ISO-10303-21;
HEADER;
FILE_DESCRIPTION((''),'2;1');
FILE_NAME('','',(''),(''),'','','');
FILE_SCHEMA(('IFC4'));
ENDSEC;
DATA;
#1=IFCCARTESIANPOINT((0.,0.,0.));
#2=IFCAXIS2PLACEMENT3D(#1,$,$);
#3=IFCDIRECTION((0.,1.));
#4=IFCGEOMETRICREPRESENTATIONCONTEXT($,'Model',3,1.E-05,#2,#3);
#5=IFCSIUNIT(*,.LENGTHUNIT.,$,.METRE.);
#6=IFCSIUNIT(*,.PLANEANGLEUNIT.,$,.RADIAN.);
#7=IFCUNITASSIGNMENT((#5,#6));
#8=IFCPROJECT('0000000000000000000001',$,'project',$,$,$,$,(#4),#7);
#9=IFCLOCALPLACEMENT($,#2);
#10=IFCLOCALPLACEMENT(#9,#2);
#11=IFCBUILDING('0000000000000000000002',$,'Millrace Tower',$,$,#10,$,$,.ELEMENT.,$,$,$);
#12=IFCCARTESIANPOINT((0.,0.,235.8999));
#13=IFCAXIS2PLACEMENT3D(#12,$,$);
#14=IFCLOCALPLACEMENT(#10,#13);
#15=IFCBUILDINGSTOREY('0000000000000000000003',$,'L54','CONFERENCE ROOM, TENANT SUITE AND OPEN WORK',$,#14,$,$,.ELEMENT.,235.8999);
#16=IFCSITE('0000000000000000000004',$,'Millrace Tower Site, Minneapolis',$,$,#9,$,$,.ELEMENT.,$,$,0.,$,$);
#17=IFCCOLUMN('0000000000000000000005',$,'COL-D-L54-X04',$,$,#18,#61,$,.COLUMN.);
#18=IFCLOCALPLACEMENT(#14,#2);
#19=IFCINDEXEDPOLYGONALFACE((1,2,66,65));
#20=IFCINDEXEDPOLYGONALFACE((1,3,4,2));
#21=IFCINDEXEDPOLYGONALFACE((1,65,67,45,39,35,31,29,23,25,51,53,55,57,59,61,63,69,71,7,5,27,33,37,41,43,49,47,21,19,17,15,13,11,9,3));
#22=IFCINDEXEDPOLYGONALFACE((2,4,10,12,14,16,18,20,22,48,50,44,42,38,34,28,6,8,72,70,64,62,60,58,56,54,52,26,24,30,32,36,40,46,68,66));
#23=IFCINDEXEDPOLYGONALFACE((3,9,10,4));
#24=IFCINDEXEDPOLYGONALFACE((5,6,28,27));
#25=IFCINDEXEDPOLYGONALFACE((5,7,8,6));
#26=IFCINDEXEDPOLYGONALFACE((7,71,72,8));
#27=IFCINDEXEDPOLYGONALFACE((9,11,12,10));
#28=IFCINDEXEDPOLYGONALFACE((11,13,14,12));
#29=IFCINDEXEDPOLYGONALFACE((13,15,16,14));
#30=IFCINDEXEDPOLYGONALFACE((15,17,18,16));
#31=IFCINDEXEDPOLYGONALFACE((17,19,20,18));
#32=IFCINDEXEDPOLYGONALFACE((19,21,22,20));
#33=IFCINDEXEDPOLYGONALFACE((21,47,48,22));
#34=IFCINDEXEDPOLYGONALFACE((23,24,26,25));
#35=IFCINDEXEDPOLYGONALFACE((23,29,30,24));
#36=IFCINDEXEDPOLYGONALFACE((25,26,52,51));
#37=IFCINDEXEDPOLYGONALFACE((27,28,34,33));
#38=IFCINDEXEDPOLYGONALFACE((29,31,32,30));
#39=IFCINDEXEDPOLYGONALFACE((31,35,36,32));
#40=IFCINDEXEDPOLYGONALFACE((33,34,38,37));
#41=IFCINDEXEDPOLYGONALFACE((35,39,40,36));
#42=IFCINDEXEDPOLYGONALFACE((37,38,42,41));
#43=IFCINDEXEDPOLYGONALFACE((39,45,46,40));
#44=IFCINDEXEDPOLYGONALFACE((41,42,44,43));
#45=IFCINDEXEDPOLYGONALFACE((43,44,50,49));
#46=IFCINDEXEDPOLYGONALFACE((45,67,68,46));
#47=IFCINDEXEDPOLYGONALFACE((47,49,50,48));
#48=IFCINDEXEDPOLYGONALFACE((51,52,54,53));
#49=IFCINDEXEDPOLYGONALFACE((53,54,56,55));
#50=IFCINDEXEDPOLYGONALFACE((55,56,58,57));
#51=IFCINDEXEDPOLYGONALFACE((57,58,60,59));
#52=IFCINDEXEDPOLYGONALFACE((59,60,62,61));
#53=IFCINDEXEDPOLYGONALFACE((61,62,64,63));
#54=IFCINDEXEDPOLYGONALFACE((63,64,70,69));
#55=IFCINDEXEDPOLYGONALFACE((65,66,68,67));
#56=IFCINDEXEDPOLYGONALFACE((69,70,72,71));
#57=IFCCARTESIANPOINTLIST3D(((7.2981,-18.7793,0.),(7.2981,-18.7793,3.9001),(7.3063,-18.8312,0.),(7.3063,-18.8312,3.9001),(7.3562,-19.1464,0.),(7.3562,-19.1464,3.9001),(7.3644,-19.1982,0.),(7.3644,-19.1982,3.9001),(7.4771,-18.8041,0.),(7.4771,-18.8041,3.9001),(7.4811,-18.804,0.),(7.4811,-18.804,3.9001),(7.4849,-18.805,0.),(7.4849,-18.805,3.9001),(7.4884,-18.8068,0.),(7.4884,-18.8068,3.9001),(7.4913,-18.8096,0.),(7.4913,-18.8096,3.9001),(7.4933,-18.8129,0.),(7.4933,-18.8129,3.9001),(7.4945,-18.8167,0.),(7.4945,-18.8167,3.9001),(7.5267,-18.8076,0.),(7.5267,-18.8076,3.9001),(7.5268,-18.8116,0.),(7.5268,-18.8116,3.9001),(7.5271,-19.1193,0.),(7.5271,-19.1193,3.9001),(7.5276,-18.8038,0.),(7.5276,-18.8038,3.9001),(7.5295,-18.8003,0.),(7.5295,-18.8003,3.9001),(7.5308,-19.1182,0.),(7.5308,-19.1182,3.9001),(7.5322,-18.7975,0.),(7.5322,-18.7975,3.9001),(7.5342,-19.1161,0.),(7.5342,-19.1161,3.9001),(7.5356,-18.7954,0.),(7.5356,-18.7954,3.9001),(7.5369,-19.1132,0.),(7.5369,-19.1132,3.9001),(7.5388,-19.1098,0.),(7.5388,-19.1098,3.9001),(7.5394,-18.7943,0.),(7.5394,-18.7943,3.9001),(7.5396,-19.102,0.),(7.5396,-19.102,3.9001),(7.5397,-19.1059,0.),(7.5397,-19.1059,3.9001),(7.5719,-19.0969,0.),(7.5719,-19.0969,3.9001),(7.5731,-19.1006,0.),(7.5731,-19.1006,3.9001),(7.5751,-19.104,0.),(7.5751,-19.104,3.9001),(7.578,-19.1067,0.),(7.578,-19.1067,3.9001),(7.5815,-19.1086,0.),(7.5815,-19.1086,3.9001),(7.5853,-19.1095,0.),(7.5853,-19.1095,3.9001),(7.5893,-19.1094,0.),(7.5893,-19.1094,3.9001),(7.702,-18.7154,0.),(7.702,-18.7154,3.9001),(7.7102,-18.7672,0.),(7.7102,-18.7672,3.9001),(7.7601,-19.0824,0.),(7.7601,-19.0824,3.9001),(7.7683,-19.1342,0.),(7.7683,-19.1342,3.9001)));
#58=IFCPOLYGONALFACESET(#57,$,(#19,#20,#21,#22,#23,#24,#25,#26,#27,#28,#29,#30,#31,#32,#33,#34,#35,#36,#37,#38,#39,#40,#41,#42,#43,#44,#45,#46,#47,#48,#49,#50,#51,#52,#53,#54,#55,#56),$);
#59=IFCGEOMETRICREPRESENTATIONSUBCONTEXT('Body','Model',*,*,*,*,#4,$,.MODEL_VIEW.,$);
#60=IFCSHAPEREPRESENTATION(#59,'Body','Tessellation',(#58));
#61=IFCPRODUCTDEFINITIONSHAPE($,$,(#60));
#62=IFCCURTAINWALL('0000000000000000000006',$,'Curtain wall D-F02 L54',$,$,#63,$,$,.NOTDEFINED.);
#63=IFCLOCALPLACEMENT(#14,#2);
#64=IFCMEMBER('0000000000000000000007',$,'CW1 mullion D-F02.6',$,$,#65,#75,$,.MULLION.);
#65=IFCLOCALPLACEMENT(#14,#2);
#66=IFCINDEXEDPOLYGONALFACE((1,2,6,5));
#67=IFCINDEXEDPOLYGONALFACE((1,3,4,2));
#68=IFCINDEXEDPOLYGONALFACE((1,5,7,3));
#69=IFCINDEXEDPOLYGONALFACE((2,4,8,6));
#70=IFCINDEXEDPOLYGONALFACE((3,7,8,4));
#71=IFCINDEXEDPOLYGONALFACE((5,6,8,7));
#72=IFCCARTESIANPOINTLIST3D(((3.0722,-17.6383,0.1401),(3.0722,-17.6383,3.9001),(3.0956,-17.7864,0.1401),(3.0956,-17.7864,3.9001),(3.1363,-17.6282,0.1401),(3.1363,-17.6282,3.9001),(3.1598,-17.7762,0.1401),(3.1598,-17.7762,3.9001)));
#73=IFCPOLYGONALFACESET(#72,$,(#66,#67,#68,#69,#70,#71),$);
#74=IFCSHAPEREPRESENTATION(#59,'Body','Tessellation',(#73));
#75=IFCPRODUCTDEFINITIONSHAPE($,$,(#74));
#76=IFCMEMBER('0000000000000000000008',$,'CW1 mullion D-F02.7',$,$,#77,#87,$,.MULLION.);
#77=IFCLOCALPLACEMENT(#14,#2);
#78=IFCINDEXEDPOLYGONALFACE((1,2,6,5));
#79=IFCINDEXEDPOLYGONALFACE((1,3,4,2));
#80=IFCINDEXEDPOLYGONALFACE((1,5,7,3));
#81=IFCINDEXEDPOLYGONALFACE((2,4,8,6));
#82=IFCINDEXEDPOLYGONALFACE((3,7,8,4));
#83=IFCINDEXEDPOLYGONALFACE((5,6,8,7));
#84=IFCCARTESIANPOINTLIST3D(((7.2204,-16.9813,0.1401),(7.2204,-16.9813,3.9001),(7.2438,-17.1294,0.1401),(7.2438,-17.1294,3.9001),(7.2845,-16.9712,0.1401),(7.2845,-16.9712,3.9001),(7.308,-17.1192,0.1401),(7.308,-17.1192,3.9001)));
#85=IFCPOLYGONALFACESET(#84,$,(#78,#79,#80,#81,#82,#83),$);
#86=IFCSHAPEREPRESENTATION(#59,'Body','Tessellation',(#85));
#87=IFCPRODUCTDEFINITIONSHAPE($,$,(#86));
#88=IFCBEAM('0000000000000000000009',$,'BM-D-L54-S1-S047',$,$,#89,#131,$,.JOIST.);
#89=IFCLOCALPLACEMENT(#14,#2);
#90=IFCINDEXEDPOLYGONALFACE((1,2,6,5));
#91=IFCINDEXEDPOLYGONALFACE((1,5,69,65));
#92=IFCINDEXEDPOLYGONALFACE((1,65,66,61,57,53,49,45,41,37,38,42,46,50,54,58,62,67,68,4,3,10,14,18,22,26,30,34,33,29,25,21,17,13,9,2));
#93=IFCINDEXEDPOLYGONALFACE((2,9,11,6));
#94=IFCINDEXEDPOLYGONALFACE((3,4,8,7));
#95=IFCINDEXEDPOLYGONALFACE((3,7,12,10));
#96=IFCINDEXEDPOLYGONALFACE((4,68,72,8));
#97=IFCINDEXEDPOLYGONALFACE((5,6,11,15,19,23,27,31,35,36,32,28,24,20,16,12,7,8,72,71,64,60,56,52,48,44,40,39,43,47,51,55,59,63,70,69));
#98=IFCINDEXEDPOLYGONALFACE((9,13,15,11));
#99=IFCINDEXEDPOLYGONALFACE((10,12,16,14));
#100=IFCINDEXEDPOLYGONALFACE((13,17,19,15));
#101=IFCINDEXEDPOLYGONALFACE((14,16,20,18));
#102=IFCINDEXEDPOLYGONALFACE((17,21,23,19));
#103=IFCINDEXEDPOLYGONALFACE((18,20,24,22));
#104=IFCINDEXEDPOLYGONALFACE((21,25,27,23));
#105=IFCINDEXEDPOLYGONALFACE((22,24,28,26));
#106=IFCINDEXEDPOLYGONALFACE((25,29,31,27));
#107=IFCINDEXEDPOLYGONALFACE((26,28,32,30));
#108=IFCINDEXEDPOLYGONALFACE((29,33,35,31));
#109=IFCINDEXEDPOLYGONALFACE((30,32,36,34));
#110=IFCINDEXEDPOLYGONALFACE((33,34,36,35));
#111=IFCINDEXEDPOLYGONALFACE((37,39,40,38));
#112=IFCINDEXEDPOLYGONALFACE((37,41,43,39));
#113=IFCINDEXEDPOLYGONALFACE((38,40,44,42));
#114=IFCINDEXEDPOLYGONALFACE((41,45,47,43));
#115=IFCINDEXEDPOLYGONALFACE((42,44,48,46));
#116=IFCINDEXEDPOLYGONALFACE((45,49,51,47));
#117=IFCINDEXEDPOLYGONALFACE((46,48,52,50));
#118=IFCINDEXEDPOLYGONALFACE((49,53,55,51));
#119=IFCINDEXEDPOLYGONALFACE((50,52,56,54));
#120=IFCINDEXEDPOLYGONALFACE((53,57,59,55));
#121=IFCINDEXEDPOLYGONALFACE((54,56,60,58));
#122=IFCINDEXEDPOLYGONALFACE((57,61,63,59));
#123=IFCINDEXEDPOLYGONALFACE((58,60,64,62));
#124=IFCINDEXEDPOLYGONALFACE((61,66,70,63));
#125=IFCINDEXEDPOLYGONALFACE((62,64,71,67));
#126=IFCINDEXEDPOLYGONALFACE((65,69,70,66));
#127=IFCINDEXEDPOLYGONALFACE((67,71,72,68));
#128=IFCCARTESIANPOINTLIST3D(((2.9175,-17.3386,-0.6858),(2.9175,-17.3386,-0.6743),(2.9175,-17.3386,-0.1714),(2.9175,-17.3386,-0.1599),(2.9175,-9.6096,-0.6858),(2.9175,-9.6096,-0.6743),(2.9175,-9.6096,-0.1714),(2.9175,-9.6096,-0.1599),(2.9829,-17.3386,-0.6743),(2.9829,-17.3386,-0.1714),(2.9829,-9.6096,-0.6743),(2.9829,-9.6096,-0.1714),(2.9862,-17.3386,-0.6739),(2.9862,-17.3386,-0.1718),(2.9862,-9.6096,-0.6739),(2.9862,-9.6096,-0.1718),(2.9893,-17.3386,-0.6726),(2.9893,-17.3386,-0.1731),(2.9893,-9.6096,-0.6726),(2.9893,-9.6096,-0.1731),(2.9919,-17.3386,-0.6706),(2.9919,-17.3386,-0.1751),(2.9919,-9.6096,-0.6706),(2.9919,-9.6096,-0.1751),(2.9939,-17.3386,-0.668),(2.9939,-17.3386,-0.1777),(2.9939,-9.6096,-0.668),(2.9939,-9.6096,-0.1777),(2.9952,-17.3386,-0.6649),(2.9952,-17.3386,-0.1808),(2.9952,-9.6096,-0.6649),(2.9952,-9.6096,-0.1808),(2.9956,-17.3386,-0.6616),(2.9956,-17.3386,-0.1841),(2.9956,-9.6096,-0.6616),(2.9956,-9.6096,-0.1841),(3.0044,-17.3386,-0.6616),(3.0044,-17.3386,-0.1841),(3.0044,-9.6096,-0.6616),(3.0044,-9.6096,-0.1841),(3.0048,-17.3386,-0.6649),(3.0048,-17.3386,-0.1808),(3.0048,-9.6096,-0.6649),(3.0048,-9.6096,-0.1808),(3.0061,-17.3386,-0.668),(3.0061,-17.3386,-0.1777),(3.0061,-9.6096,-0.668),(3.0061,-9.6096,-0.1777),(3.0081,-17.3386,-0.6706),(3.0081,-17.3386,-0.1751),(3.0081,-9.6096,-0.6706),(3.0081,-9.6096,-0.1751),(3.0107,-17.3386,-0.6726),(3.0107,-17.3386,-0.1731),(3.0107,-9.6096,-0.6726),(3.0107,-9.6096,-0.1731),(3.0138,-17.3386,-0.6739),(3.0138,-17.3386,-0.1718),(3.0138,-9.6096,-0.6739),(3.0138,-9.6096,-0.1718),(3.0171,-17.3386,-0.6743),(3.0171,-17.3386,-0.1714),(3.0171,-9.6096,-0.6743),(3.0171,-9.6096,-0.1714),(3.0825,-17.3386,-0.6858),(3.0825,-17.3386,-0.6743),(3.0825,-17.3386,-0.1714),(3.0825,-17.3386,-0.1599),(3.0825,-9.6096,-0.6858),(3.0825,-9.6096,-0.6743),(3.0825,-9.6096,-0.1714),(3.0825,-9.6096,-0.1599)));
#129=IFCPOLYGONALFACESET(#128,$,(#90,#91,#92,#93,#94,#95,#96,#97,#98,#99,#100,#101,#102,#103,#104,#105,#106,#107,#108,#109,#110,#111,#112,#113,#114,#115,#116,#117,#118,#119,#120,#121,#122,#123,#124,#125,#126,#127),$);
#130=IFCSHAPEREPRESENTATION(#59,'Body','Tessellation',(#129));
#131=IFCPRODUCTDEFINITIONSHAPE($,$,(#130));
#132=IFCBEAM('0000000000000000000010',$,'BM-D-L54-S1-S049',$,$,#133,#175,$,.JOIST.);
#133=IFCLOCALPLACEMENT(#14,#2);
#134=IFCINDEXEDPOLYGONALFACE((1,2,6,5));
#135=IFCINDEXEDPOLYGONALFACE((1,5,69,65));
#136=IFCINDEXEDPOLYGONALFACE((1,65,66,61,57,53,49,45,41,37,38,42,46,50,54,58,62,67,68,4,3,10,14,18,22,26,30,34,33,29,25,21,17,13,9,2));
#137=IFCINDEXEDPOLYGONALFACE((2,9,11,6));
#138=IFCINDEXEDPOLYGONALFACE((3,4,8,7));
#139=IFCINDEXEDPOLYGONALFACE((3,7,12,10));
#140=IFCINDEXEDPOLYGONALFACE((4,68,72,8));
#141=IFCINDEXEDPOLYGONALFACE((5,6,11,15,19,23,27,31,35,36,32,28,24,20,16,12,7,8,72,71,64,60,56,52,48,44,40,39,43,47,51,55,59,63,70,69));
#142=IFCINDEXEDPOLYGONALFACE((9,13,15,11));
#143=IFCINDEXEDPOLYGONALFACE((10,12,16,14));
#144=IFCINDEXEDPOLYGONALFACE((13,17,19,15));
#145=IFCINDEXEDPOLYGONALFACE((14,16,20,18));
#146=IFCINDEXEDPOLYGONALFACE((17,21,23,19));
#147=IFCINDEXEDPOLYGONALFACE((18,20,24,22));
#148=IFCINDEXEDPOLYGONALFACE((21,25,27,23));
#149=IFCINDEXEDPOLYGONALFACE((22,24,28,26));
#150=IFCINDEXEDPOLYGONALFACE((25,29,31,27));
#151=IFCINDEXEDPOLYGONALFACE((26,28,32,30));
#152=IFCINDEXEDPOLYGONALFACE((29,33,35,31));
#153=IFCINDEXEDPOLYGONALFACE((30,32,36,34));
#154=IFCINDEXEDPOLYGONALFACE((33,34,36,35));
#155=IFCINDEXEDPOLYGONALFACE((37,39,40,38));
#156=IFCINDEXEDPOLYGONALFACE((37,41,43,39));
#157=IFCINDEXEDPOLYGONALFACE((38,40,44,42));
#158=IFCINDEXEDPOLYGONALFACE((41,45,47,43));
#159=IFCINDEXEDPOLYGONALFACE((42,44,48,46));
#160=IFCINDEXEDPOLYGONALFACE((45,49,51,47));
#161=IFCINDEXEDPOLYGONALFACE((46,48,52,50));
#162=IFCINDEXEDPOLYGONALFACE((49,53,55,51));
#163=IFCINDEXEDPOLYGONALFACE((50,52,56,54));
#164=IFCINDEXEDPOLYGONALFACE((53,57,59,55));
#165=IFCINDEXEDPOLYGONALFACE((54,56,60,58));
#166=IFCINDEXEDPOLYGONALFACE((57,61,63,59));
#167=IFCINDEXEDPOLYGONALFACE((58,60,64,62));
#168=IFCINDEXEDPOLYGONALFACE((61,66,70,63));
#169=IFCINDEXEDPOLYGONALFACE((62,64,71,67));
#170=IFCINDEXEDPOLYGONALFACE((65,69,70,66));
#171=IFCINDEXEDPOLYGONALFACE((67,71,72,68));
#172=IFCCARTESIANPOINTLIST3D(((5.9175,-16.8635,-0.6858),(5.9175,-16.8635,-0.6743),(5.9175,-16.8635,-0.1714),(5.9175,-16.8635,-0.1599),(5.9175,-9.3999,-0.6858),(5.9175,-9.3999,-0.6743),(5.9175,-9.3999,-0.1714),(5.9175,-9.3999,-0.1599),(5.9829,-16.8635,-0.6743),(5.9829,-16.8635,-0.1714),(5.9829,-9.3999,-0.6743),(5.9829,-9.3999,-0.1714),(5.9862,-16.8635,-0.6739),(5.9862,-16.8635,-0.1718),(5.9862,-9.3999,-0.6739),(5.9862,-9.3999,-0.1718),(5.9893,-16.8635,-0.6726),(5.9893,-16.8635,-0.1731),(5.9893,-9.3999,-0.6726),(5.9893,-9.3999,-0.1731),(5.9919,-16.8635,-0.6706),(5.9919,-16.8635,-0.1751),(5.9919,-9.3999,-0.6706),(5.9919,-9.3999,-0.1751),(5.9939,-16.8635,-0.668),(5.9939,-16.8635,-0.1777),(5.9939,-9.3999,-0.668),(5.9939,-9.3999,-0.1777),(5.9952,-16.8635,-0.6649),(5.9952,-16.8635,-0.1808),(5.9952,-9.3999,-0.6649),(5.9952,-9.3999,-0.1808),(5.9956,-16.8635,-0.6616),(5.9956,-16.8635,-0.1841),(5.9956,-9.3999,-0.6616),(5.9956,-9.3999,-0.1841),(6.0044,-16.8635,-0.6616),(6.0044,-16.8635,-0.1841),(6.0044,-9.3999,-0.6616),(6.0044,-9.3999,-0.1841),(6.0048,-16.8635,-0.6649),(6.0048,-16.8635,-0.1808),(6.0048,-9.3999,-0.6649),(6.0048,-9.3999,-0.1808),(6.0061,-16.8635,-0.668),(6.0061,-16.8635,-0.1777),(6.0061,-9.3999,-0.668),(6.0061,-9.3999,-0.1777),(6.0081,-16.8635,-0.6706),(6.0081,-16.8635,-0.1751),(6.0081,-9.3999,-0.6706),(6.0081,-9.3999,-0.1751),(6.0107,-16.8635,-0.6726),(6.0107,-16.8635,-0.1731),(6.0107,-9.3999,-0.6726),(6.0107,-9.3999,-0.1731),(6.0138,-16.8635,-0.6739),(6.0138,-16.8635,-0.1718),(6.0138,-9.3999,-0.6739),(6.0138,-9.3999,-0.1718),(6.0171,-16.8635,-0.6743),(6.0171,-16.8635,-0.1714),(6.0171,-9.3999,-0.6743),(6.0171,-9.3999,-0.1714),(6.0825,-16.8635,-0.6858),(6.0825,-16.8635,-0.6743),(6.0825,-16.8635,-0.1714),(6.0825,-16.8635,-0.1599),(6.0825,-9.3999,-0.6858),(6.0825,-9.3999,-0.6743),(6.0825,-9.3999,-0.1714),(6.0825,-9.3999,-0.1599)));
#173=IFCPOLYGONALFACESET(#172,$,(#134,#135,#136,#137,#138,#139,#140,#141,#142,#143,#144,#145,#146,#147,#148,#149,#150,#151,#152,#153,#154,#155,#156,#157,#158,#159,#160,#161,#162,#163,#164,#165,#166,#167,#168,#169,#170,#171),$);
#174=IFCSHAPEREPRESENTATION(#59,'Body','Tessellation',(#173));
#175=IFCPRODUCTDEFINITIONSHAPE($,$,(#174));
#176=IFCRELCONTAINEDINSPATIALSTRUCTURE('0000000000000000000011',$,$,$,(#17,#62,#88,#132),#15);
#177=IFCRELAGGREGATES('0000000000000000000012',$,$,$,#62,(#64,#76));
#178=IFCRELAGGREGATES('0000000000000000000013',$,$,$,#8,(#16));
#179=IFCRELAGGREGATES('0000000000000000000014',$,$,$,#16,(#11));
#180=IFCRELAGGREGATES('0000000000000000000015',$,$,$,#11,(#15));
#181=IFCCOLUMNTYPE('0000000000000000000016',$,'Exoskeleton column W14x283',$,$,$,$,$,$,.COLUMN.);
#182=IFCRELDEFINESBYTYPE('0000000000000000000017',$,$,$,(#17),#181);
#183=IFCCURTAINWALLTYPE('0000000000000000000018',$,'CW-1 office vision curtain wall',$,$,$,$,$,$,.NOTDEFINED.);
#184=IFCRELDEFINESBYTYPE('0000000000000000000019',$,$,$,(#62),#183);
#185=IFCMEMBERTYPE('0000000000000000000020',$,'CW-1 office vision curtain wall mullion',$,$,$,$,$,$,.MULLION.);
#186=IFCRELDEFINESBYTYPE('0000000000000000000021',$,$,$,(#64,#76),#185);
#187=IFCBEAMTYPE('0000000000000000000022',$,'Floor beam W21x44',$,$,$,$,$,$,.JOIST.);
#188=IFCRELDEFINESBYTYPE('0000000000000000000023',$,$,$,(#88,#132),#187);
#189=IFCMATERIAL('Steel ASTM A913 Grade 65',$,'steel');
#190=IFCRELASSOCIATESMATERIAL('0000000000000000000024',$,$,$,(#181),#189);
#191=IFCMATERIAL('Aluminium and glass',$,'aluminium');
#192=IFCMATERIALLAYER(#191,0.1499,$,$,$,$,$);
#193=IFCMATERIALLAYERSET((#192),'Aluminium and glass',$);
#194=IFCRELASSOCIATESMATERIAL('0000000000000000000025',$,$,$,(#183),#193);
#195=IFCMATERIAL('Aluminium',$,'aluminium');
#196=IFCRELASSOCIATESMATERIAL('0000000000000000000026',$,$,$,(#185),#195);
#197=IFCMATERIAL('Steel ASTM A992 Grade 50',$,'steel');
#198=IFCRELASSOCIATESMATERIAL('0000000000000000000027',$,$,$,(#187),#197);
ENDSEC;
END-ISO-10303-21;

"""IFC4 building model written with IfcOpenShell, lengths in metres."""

from ifc_helpers import new_model, si_unit, direction, frame, origin, origin_2d, place, context, subcontext, project, spatial, rectangle, i_section, extrude, material, layer, layer_set, material_profile, profile_set, type_object, element, aggregate, save


model = new_model("IFC4")

# Units and contexts
model_context = context("Model", 3, precision=1e-05, world=origin(), true_north=direction((0.0, 1.0)))
body_context = subcontext(model_context, "Body", "Model", "MODEL_VIEW")
ifc_project = project(units=[si_unit("LENGTHUNIT", "METRE"), si_unit("PLANEANGLEUNIT", "RADIAN")], contexts=[model_context])

# Site, building, storey
site_placement = place(None, origin())
site = spatial("IfcSite", under=ifc_project, at=site_placement, Name="Millrace Tower Site, Minneapolis", CompositionType="ELEMENT", RefElevation=0.0)
building_placement = place(site_placement, origin())
building = spatial("IfcBuilding", under=site, at=building_placement, Name="Millrace Tower", CompositionType="ELEMENT")
storey_placement = place(building_placement, frame((0.0, 0.0, 235.8999)))
storey = spatial("IfcBuildingStorey", under=building, at=storey_placement, Name="L54", Description="CONFERENCE ROOM, TENANT SUITE AND OPEN WORK", CompositionType="ELEMENT", Elevation=235.8999)

# Column
ifc_material_1 = material(Name="Steel ASTM A913 Grade 65", Category="steel")
ifc_material_profile_1 = material_profile(ifc_material_1, i_section(OverallWidth=0.4089, OverallDepth=0.4241, WebThickness=0.0327, FlangeThickness=0.0525, FilletRadius=0.0151, at=origin_2d()))
ifc_profile_set_1 = profile_set([ifc_material_profile_1], Name="Steel ASTM A913 Grade 65")
column_type = type_object("IfcColumnType", Name="Exoskeleton column W14x283", PredefinedType="COLUMN", material=ifc_profile_set_1)
column_placement = place(storey_placement, frame((7.5332, -18.9568, 0.0), z_axis=(0.0, 0.0, 1.0), x_axis=(0.987688, 0.156434, 0.0)))
element("IfcColumn", 1, at=column_placement, inside=storey, type_object=column_type, Name="COL-D-L54-X04", PredefinedType="COLUMN", context=body_context, shape_type="SweptSolid", body=[
    extrude(i_section(OverallWidth=0.4089, OverallDepth=0.4241, WebThickness=0.0327, FlangeThickness=0.0525, FilletRadius=0.0151, at=origin_2d()), origin(), (0.0, 0.0, 1.0), 3.9001),
])

# Curtain wall, members
ifc_material_2 = material(Name="Aluminium and glass", Category="aluminium")
ifc_layer_1 = layer(ifc_material_2, 0.1499)
ifc_layer_set_1 = layer_set([ifc_layer_1], Name="Aluminium and glass")
curtain_wall_type = type_object("IfcCurtainWallType", Name="CW-1 office vision curtain wall", PredefinedType="NOTDEFINED", material=ifc_layer_set_1)
placement_1 = place(storey_placement, origin())
curtain_wall_1 = element("IfcCurtainWall", 2, at=placement_1, inside=storey, type_object=curtain_wall_type, Name="Curtain wall D-F02 L54", PredefinedType="NOTDEFINED")
ifc_material_3 = material(Name="Aluminium", Category="aluminium")
ifc_material_profile_2 = material_profile(ifc_material_3, rectangle(XDim=0.0649, YDim=0.1499, at=origin_2d()))
ifc_profile_set_2 = profile_set([ifc_material_profile_2], Name="Aluminium")
member_type = type_object("IfcMemberType", Name="CW-1 office vision curtain wall mullion", PredefinedType="MULLION", material=ifc_profile_set_2)
member_1_placement = place(storey_placement, frame((3.116, -17.7073, 0.1401), z_axis=(0.0, 0.0, 1.0), x_axis=(0.987688, 0.156434, 0.0)))
member_1 = element("IfcMember", 3, at=member_1_placement, type_object=member_type, Name="CW1 mullion D-F02.6", PredefinedType="MULLION", context=body_context, shape_type="SweptSolid", body=[
    extrude(rectangle(XDim=0.0649, YDim=0.1499, at=origin_2d()), origin(), (0.0, 0.0, 1.0), 3.76),
])
member_2_placement = place(storey_placement, frame((7.2642, -17.0503, 0.1401), z_axis=(0.0, 0.0, 1.0), x_axis=(0.987688, 0.156434, 0.0)))
member_2 = element("IfcMember", 4, at=member_2_placement, type_object=member_type, Name="CW1 mullion D-F02.7", PredefinedType="MULLION", context=body_context, shape_type="SweptSolid", body=[
    extrude(rectangle(XDim=0.0649, YDim=0.1499, at=origin_2d()), origin(), (0.0, 0.0, 1.0), 3.76),
])
aggregate(curtain_wall_1, [member_1, member_2])

# Beams
ifc_material_4 = material(Name="Steel ASTM A992 Grade 50", Category="steel")
ifc_material_profile_3 = material_profile(ifc_material_4, i_section(OverallWidth=0.165, OverallDepth=0.5259, WebThickness=0.0088, FlangeThickness=0.0115, FilletRadius=0.0127, at=origin_2d()))
ifc_profile_set_3 = profile_set([ifc_material_profile_3], Name="Steel ASTM A992 Grade 50")
beam_type_1 = type_object("IfcBeamType", Name="Floor beam W21x44", PredefinedType="JOIST", material=ifc_profile_set_3)
beam_1_placement = place(storey_placement, frame((3.0, -17.3386, -0.4229), z_axis=(0.0, 1.0, 0.0), x_axis=(-1.0, 0.0, 0.0)))
element("IfcBeam", 5, at=beam_1_placement, inside=storey, type_object=beam_type_1, Name="BM-D-L54-S1-S047", PredefinedType="JOIST", context=body_context, shape_type="SweptSolid", body=[
    extrude(i_section(OverallWidth=0.165, OverallDepth=0.5259, WebThickness=0.0088, FlangeThickness=0.0115, FilletRadius=0.0127, at=origin_2d()), origin(), (0.0, 0.0, 1.0), 7.729),
])
beam_2_placement = place(storey_placement, frame((6.0, -16.8635, -0.4229), z_axis=(0.0, 1.0, 0.0), x_axis=(-1.0, 0.0, 0.0)))
element("IfcBeam", 6, at=beam_2_placement, inside=storey, type_object=beam_type_1, Name="BM-D-L54-S1-S049", PredefinedType="JOIST", context=body_context, shape_type="SweptSolid", body=[
    extrude(i_section(OverallWidth=0.165, OverallDepth=0.5259, WebThickness=0.0088, FlangeThickness=0.0115, FilletRadius=0.0127, at=origin_2d()), origin(), (0.0, 0.0, 1.0), 7.4636),
])

save(model, "model.ifc")
